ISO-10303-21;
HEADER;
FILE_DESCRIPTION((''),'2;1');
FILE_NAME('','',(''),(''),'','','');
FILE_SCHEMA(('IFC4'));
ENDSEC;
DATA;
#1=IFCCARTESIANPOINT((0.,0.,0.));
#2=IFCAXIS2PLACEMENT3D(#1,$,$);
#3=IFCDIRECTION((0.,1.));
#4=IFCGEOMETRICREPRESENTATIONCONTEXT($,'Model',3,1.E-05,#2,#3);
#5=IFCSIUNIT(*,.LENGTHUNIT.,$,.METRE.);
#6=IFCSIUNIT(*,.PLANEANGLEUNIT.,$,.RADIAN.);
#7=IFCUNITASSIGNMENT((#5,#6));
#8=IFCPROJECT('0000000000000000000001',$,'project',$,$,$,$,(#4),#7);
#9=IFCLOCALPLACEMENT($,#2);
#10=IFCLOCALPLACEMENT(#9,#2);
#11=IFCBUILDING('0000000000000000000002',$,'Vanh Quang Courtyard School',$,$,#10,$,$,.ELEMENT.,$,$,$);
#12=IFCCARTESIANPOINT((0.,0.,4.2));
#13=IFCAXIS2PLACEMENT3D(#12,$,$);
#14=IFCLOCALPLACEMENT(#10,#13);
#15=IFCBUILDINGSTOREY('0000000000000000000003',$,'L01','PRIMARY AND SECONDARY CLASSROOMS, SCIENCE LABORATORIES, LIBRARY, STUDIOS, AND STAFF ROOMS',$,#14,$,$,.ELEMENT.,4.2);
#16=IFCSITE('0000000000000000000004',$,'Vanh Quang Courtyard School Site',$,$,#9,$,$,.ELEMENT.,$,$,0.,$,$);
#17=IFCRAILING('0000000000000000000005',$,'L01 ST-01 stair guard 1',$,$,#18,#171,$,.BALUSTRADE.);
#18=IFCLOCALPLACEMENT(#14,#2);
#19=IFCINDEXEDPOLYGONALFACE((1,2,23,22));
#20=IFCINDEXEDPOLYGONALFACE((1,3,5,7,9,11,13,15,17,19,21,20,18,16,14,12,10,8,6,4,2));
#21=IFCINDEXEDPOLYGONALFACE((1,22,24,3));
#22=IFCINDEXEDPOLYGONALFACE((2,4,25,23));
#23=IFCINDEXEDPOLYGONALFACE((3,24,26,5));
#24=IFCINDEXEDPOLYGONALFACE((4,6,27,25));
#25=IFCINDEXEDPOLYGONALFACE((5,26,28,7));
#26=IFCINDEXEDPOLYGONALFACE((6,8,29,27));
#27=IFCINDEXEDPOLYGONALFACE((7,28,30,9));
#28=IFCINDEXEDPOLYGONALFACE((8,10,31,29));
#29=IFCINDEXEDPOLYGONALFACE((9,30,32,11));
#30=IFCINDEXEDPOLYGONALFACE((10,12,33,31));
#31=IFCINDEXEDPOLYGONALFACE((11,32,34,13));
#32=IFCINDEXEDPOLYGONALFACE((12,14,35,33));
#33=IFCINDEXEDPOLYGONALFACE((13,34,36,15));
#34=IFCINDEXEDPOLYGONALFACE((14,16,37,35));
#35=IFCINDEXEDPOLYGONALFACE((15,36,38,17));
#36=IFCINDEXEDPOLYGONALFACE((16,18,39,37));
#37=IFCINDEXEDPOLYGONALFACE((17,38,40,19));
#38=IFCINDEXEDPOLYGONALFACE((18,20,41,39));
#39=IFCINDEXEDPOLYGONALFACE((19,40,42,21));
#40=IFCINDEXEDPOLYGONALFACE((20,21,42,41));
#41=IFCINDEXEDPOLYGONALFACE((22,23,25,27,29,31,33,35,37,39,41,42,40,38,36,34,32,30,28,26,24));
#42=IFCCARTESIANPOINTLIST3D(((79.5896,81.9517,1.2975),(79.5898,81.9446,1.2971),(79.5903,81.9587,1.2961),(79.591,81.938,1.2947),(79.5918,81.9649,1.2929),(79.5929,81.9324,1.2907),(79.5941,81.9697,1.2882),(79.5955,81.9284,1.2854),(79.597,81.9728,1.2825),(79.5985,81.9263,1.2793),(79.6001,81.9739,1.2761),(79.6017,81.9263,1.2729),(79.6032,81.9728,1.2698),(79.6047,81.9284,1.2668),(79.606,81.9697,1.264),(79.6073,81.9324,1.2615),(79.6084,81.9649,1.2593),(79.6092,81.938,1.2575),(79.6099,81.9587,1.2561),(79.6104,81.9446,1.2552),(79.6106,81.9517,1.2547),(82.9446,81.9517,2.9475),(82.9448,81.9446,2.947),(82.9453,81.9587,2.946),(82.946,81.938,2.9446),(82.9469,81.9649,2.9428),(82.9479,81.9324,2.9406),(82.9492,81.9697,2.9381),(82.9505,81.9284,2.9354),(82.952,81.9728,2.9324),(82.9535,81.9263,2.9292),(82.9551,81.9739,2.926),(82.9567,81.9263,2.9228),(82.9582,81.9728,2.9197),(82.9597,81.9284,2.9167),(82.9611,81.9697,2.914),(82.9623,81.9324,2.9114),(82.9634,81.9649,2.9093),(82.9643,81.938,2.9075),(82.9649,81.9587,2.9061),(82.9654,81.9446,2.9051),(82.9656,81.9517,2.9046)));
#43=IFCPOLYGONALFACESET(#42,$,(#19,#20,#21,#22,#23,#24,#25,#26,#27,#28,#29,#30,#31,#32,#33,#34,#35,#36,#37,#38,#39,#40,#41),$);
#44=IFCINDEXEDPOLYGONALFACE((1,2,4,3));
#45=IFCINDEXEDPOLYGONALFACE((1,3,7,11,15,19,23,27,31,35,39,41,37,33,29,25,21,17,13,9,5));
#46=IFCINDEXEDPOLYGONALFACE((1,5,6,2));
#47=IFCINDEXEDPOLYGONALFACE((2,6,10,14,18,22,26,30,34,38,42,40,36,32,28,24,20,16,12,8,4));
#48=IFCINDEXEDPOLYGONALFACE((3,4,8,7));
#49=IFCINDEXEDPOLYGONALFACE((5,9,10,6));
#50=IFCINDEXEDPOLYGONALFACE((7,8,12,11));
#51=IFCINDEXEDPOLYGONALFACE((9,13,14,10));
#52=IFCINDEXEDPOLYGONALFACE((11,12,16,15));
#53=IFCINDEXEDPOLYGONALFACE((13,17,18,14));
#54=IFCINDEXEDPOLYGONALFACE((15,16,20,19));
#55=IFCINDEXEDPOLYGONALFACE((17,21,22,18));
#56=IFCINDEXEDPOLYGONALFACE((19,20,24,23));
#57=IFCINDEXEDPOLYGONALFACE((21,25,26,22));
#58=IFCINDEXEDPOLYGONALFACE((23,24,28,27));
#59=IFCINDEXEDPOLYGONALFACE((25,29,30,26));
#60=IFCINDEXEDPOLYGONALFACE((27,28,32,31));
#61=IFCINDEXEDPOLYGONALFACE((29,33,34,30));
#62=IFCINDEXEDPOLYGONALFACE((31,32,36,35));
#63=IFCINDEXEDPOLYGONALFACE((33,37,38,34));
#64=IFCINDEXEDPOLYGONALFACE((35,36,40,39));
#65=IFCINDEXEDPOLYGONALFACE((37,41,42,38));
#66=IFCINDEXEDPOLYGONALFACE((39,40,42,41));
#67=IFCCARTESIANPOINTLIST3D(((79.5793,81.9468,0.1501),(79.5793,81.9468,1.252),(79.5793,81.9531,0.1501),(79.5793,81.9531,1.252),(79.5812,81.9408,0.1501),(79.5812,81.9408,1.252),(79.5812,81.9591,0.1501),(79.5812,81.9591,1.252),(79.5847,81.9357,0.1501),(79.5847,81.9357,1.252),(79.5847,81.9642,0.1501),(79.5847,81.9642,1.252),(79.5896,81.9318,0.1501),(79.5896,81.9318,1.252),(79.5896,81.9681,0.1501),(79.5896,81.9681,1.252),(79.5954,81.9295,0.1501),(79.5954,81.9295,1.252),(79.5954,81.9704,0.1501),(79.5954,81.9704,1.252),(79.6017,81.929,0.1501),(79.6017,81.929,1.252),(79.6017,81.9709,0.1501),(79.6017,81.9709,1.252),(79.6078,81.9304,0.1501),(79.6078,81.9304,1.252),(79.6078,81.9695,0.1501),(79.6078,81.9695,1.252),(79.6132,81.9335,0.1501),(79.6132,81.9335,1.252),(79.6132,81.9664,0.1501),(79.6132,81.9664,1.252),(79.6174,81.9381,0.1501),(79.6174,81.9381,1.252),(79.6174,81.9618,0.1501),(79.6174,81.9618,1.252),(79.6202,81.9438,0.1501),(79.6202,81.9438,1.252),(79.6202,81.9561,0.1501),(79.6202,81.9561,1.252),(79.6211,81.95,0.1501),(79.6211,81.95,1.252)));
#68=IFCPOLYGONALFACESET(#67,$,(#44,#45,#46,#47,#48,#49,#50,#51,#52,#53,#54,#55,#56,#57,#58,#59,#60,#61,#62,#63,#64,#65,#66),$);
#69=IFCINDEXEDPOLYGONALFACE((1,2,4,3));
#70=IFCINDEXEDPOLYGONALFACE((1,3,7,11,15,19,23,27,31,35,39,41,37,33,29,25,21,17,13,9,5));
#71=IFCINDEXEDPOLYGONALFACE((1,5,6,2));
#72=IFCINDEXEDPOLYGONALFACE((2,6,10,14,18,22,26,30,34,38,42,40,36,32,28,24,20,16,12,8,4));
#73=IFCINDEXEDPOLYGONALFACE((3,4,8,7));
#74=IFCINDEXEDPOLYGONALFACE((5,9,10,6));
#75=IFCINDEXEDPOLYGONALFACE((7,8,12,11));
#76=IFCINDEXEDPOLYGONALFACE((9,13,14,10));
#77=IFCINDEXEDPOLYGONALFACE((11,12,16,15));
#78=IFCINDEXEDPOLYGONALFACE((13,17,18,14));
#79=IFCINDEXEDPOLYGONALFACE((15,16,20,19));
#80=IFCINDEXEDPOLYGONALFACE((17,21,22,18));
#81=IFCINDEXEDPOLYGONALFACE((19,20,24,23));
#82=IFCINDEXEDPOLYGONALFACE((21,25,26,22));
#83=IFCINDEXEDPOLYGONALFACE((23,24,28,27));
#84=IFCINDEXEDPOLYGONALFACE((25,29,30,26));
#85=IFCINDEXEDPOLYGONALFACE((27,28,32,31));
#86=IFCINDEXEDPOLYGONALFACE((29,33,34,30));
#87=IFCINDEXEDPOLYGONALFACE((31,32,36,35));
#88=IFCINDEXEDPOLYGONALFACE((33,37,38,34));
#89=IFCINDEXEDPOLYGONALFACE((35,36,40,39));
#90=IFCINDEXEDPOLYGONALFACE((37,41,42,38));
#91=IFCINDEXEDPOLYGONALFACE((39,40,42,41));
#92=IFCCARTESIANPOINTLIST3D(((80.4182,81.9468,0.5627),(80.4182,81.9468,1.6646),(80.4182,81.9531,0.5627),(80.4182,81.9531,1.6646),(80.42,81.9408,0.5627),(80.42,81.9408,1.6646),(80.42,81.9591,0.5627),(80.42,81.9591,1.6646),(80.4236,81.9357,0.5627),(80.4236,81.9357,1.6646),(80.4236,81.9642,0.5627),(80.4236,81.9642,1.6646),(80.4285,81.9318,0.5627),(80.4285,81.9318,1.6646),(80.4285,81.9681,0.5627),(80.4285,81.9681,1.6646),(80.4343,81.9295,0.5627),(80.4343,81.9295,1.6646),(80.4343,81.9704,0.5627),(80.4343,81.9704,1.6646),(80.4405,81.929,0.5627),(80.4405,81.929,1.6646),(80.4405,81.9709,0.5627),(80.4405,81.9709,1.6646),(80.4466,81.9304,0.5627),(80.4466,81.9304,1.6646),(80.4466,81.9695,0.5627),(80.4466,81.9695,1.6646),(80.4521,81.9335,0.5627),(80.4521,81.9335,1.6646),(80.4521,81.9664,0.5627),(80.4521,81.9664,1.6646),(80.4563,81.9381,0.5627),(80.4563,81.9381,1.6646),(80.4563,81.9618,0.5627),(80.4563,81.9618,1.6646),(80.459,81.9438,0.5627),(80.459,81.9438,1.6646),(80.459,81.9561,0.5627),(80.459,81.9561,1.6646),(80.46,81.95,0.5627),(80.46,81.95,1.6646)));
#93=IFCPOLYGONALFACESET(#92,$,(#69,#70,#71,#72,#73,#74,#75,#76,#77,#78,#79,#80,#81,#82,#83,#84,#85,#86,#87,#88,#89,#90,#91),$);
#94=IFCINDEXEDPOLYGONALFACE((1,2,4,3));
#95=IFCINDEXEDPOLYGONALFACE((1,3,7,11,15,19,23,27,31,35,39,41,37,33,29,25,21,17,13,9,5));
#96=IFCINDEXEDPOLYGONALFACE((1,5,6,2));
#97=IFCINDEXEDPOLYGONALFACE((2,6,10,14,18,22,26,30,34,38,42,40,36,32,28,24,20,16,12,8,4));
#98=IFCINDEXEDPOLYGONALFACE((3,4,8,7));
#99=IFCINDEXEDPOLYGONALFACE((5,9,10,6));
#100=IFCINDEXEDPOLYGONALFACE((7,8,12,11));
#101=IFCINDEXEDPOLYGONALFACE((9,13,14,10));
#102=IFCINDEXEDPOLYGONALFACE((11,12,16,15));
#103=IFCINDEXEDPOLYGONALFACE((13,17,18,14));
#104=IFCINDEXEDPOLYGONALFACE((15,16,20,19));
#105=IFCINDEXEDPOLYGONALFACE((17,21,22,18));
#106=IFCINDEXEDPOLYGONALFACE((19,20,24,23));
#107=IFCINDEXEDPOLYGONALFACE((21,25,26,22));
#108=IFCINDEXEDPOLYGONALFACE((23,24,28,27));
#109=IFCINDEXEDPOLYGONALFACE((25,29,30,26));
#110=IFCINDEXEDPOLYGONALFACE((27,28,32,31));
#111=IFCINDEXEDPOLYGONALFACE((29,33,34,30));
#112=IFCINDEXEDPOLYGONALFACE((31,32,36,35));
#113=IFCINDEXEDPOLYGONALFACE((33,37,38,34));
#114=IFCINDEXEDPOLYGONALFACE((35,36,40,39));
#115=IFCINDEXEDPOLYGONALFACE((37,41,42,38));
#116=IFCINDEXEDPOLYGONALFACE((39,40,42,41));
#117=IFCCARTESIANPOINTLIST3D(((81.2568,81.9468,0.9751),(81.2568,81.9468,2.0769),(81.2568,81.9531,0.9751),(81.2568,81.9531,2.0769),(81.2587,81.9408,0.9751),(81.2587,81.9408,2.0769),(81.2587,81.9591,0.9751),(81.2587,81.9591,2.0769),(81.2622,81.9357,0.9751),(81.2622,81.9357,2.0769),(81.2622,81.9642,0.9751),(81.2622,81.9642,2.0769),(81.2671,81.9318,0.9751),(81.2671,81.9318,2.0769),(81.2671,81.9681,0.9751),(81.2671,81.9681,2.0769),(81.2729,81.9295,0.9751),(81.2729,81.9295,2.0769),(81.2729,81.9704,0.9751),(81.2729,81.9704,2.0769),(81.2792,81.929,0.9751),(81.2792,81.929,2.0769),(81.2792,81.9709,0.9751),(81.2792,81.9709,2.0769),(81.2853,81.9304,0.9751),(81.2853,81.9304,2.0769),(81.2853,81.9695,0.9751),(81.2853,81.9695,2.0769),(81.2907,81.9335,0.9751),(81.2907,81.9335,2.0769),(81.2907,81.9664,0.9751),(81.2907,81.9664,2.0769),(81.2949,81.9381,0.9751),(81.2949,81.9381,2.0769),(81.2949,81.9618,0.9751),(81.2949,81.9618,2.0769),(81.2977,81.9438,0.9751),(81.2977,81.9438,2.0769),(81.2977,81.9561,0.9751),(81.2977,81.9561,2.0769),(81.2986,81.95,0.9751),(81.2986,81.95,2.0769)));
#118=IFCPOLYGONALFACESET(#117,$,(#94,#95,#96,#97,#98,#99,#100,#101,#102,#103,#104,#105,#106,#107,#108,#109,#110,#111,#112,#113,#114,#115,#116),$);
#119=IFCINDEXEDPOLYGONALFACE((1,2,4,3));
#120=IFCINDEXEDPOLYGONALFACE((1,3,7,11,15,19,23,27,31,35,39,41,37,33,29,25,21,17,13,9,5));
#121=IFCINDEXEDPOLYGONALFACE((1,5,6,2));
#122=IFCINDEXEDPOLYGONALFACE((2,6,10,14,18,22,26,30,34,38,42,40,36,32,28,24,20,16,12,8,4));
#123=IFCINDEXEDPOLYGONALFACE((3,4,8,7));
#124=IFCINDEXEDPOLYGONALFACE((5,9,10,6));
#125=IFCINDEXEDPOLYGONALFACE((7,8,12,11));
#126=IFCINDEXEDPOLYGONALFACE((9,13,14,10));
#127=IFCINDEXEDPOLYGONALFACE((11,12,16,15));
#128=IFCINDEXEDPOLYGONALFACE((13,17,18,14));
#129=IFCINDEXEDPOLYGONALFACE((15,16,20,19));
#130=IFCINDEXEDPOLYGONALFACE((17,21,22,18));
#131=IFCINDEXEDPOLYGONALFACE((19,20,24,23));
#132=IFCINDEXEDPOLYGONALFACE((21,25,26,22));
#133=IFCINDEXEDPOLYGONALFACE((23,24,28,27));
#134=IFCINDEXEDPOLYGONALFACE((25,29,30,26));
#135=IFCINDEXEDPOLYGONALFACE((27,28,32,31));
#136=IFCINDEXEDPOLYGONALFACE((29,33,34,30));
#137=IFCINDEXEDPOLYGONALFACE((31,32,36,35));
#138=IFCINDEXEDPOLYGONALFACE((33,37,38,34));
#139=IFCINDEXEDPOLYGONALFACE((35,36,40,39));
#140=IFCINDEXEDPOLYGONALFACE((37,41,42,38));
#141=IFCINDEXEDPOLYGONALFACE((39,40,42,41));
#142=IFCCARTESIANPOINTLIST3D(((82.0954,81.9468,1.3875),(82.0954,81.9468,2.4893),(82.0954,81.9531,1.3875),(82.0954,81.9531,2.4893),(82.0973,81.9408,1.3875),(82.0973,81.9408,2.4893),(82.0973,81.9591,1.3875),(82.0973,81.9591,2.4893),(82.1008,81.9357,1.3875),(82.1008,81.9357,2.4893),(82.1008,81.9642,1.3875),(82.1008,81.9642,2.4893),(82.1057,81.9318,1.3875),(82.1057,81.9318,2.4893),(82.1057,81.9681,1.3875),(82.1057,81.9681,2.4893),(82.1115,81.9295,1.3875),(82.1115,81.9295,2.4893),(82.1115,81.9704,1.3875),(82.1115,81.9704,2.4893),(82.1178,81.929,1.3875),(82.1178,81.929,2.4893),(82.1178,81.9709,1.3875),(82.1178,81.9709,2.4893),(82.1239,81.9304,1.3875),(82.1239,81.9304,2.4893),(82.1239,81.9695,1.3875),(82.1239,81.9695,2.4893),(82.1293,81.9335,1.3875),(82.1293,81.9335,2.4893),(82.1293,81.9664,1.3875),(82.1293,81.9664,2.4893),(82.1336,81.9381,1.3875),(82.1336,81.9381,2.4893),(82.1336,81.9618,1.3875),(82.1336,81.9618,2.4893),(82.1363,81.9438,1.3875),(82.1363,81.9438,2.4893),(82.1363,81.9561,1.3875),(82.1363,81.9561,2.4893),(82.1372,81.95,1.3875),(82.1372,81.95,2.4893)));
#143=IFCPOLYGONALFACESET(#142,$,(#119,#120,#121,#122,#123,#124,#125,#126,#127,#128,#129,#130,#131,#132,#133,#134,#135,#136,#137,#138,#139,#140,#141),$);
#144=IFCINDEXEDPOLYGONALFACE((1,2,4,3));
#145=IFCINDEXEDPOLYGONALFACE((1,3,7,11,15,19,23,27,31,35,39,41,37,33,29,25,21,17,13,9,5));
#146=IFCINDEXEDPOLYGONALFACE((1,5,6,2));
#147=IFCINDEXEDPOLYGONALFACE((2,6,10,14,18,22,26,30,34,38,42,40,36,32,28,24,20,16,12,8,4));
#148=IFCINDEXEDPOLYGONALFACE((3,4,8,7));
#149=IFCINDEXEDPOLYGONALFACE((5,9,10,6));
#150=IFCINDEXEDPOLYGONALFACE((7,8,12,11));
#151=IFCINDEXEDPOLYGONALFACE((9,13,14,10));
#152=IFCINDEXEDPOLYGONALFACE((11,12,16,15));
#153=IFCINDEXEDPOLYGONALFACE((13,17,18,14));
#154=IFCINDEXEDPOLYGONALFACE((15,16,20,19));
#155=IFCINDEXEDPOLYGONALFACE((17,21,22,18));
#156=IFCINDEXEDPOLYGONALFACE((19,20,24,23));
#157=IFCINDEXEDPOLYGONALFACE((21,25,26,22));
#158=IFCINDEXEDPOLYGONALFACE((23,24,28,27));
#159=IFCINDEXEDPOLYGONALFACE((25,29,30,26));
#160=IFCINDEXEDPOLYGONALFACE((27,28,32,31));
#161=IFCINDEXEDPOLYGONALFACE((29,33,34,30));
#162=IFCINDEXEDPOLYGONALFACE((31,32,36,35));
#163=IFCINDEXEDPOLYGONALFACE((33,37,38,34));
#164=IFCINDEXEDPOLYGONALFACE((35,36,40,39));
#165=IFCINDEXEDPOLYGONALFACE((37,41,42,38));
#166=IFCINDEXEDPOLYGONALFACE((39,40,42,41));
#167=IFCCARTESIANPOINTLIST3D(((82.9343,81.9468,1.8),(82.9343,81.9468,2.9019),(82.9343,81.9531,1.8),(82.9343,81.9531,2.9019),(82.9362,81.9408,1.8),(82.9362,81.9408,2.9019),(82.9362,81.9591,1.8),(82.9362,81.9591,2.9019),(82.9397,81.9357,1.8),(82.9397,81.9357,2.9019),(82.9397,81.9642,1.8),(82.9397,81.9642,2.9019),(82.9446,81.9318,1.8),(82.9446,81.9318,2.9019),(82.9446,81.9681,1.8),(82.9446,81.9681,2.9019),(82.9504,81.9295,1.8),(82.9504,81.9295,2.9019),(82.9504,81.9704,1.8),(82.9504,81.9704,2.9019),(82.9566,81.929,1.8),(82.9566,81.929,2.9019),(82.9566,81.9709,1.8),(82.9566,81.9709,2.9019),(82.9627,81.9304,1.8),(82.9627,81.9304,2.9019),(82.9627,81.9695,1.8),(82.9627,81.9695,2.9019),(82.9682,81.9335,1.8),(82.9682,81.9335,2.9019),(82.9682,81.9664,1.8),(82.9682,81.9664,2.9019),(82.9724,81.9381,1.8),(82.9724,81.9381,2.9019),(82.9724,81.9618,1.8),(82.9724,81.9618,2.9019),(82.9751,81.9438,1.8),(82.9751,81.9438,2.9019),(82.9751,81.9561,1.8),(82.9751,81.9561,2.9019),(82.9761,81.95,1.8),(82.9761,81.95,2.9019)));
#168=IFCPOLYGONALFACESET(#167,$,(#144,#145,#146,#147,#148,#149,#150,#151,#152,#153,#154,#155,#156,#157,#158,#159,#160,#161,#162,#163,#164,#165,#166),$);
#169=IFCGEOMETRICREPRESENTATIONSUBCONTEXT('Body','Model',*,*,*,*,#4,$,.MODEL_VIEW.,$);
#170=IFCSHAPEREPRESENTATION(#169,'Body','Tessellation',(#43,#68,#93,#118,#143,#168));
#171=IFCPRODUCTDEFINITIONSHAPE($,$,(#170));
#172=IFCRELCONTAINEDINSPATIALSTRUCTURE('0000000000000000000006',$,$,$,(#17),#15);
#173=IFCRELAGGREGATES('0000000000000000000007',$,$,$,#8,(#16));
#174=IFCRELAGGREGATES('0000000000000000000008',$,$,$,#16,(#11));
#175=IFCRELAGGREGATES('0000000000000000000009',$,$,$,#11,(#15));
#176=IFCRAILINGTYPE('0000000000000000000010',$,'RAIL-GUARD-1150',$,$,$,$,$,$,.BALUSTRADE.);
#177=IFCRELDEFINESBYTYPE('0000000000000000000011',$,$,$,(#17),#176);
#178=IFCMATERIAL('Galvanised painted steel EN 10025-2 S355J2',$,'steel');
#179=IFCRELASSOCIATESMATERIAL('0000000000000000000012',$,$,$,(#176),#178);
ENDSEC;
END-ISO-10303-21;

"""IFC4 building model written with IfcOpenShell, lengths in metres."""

from ifc_helpers import new_model, si_unit, direction, frame, origin, origin_2d, place, context, subcontext, project, spatial, circle, extrude, material, type_object, element, save


model = new_model("IFC4")

# Units and contexts
model_context = context("Model", 3, precision=1e-05, world=origin(), true_north=direction((0.0, 1.0)))
body_context = subcontext(model_context, "Body", "Model", "MODEL_VIEW")
ifc_project = project(units=[si_unit("LENGTHUNIT", "METRE"), si_unit("PLANEANGLEUNIT", "RADIAN")], contexts=[model_context])

# Site, building, storey
site_placement = place(None, origin())
site = spatial("IfcSite", under=ifc_project, at=site_placement, Name="Vanh Quang Courtyard School Site", CompositionType="ELEMENT", RefElevation=0.0)
building_placement = place(site_placement, origin())
building = spatial("IfcBuilding", under=site, at=building_placement, Name="Vanh Quang Courtyard School", CompositionType="ELEMENT")
storey_placement = place(building_placement, frame((0.0, 0.0, 4.2)))
storey = spatial("IfcBuildingStorey", under=building, at=storey_placement, Name="L01", Description="PRIMARY AND SECONDARY CLASSROOMS, SCIENCE LABORATORIES, LIBRARY, STUDIOS, AND STAFF ROOMS", CompositionType="ELEMENT", Elevation=4.2)

# Railing
ifc_material_1 = material(Name="Galvanised painted steel EN 10025-2 S355J2", Category="steel")
railing_type_1 = type_object("IfcRailingType", Name="RAIL-GUARD-1150", PredefinedType="BALUSTRADE", material=ifc_material_1)
railing_1_placement = place(storey_placement, frame((79.6001, 81.95, 0.1501)))
element("IfcRailing", 1, at=railing_1_placement, inside=storey, type_object=railing_type_1, Name="L01 ST-01 stair guard 1", PredefinedType="BALUSTRADE", context=body_context, shape_type="SweptSolid", body=[
    extrude(circle(Radius=0.0239, at=origin_2d()), frame((0.0, 0.0, 1.126), z_axis=(0.897359, 0.0, 0.441301), x_axis=(0.0, 1.0, 0.0)), (0.0, 0.0, 1.0), 3.7388),
    extrude(circle(Radius=0.021, at=origin_2d()), origin(), (0.0, 0.0, 1.0), 1.1018),
    extrude(circle(Radius=0.021, at=origin_2d()), frame((0.8389, 0.0, 0.4126)), (0.0, 0.0, 1.0), 1.1018),
    extrude(circle(Radius=0.021, at=origin_2d()), frame((1.6775, 0.0, 0.825)), (0.0, 0.0, 1.0), 1.1018),
    extrude(circle(Radius=0.021, at=origin_2d()), frame((2.5161, 0.0, 1.2373)), (0.0, 0.0, 1.0), 1.1018),
    extrude(circle(Radius=0.021, at=origin_2d()), frame((3.355, 0.0, 1.6499)), (0.0, 0.0, 1.0), 1.1018),
])

save(model, "model.ifc")
